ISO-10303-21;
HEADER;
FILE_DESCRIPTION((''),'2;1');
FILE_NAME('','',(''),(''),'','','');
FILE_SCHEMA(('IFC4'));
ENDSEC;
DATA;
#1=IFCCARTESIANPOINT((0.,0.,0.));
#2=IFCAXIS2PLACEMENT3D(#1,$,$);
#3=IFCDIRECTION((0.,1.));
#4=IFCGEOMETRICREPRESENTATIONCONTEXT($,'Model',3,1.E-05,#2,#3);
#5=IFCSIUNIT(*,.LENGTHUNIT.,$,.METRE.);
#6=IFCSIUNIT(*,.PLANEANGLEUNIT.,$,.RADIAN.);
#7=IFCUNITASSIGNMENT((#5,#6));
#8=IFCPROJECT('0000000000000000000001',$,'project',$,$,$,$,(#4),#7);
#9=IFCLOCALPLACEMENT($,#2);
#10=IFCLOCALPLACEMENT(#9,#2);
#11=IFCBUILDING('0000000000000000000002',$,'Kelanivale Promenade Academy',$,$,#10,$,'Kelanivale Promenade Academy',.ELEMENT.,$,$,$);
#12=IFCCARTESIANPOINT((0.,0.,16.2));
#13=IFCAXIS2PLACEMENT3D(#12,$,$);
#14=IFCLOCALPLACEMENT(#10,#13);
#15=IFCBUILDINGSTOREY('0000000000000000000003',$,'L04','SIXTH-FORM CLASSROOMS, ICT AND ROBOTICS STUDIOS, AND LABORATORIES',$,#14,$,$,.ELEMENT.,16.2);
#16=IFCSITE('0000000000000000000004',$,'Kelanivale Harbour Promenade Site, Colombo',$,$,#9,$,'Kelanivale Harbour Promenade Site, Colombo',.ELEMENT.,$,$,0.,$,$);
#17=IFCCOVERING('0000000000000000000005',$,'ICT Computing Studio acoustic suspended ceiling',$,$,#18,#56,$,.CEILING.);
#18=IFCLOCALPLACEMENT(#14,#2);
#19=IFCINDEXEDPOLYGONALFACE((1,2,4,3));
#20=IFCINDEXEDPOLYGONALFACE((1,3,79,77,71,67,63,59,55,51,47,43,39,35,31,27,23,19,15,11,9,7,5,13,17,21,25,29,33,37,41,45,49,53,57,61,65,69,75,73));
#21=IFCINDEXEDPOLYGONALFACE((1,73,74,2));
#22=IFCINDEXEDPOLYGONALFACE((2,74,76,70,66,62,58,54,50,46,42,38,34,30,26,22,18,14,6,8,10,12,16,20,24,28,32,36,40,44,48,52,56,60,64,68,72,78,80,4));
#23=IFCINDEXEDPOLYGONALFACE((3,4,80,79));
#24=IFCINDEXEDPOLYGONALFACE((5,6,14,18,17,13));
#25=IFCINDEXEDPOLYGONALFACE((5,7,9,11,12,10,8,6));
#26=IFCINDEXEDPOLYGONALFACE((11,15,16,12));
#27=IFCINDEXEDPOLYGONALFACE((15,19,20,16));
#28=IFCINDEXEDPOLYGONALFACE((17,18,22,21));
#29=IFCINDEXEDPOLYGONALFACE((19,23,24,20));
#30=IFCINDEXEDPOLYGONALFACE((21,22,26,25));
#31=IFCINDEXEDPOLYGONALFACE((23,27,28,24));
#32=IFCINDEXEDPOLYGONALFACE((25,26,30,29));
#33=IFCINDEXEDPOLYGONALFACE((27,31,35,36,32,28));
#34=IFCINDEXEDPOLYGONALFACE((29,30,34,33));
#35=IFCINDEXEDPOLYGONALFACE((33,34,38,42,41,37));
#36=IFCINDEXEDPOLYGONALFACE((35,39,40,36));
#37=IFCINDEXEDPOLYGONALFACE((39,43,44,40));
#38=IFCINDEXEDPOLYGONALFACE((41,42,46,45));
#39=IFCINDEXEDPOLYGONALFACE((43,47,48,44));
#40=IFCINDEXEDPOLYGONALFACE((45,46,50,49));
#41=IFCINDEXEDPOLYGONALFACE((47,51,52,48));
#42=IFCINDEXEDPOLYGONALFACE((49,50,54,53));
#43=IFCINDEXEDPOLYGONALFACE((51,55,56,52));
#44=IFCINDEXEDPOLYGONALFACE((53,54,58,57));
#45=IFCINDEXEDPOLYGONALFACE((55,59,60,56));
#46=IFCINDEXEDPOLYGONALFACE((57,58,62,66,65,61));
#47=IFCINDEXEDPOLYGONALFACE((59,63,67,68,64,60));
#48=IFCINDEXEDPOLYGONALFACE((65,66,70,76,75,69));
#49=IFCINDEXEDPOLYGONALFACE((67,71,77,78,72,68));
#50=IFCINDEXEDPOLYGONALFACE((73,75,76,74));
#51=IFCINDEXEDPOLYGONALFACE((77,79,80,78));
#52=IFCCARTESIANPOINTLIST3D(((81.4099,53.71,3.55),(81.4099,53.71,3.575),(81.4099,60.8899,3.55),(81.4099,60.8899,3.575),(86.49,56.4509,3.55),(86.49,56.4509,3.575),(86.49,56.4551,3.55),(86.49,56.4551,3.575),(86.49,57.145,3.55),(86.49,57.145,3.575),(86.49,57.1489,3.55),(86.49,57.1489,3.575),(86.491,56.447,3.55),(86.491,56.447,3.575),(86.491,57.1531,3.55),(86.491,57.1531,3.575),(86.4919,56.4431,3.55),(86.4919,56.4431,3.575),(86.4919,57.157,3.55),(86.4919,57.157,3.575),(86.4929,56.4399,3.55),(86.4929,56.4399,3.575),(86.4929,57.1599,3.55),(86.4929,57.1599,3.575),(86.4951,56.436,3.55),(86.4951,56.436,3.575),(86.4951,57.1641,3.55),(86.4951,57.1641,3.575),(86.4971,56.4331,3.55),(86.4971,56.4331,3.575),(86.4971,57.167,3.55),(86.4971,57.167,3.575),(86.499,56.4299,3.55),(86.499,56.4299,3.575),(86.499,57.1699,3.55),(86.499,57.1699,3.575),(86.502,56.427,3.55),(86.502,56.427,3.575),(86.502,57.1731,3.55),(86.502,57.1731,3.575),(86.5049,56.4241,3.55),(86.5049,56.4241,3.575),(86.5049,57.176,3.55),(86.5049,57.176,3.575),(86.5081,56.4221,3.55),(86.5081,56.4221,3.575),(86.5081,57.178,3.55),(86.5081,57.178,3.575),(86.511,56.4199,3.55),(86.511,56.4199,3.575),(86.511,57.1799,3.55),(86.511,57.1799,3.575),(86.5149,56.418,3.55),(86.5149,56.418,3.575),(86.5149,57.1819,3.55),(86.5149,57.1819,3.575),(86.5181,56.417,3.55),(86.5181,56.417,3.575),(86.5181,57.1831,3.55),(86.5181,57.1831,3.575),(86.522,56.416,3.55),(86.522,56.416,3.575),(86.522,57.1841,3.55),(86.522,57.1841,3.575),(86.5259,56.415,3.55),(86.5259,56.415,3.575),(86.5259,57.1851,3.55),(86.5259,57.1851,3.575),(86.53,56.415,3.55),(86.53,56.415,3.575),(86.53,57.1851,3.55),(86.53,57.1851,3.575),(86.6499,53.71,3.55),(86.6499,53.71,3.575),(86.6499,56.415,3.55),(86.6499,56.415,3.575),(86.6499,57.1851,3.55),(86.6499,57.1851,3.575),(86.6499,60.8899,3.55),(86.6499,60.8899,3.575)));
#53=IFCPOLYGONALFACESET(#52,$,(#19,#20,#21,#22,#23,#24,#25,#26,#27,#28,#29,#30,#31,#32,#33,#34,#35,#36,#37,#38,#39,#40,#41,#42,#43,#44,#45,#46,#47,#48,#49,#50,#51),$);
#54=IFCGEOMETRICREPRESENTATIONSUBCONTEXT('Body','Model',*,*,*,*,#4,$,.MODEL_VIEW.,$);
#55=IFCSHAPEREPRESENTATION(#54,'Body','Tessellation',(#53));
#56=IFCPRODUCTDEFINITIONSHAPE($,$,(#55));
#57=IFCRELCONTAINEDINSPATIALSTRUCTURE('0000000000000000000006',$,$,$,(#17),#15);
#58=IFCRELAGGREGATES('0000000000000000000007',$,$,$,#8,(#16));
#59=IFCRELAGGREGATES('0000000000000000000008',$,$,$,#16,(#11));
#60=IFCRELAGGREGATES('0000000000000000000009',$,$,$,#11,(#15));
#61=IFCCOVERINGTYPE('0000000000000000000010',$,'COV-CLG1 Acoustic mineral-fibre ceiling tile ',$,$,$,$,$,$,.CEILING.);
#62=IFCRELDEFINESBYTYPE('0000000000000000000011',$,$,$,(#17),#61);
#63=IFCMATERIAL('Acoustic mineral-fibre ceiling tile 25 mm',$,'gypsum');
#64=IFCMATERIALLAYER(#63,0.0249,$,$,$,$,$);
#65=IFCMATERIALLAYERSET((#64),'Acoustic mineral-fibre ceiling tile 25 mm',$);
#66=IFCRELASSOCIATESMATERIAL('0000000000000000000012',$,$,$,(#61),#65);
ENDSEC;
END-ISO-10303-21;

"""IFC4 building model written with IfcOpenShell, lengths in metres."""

from ifc_helpers import new_model, si_unit, direction, frame, origin, place, context, subcontext, project, spatial, polyline, outline, extrude, material, layer, layer_set, type_object, element, save


model = new_model("IFC4")

# Units and contexts
model_context = context("Model", 3, precision=1e-05, world=origin(), true_north=direction((0.0, 1.0)))
body_context = subcontext(model_context, "Body", "Model", "MODEL_VIEW")
ifc_project = project(units=[si_unit("LENGTHUNIT", "METRE"), si_unit("PLANEANGLEUNIT", "RADIAN")], contexts=[model_context])

# Site, building, storey
site_placement = place(None, origin())
site = spatial("IfcSite", under=ifc_project, at=site_placement, Name="Kelanivale Harbour Promenade Site, Colombo", LongName="Kelanivale Harbour Promenade Site, Colombo", CompositionType="ELEMENT", RefElevation=0.0)
building_placement = place(site_placement, origin())
building = spatial("IfcBuilding", under=site, at=building_placement, Name="Kelanivale Promenade Academy", LongName="Kelanivale Promenade Academy", CompositionType="ELEMENT")
storey_placement = place(building_placement, frame((0.0, 0.0, 16.2)))
storey = spatial("IfcBuildingStorey", under=building, at=storey_placement, Name="L04", Description="SIXTH-FORM CLASSROOMS, ICT AND ROBOTICS STUDIOS, AND LABORATORIES", CompositionType="ELEMENT", Elevation=16.2)

# Covering
ifc_material_1 = material(Name="Acoustic mineral-fibre ceiling tile 25 mm", Category="gypsum")
ifc_layer_1 = layer(ifc_material_1, 0.0249)
ifc_layer_set_1 = layer_set([ifc_layer_1], Name="Acoustic mineral-fibre ceiling tile 25 mm")
covering_type_1 = type_object("IfcCoveringType", Name="COV-CLG1 Acoustic mineral-fibre ceiling tile ", PredefinedType="CEILING", material=ifc_layer_set_1)
covering_1_placement = place(storey_placement, frame((0.0, 0.0, 3.55)))
element("IfcCovering", 1, at=covering_1_placement, inside=storey, type_object=covering_type_1, Name="ICT Computing Studio acoustic suspended ceiling", PredefinedType="CEILING", context=body_context, shape_type="SweptSolid", body=[
    extrude(outline(polyline([(86.6499, 53.71), (86.6499, 56.415), (86.53, 56.415), (86.5259, 56.415), (86.522, 56.416), (86.5181, 56.417), (86.5149, 56.418), (86.511, 56.4199), (86.5081, 56.4221), (86.5049, 56.4241), (86.502, 56.427), (86.499, 56.4299), (86.4971, 56.4331), (86.4951, 56.436), (86.4929, 56.4399), (86.4919, 56.4431), (86.491, 56.447), (86.49, 56.4509), (86.49, 56.4551), (86.49, 57.145), (86.49, 57.1489), (86.491, 57.1531), (86.4919, 57.157), (86.4929, 57.1599), (86.4951, 57.1641), (86.4971, 57.167), (86.499, 57.1699), (86.502, 57.1731), (86.5049, 57.176), (86.5081, 57.178), (86.511, 57.1799), (86.5149, 57.1819), (86.5181, 57.1831), (86.522, 57.1841), (86.5259, 57.1851), (86.53, 57.1851), (86.6499, 57.1851), (86.6499, 60.8899), (81.4099, 60.8899), (81.4099, 53.71), (86.6499, 53.71)])), origin(), (0.0, 0.0, 1.0), 0.0249),
])

save(model, "model.ifc")
